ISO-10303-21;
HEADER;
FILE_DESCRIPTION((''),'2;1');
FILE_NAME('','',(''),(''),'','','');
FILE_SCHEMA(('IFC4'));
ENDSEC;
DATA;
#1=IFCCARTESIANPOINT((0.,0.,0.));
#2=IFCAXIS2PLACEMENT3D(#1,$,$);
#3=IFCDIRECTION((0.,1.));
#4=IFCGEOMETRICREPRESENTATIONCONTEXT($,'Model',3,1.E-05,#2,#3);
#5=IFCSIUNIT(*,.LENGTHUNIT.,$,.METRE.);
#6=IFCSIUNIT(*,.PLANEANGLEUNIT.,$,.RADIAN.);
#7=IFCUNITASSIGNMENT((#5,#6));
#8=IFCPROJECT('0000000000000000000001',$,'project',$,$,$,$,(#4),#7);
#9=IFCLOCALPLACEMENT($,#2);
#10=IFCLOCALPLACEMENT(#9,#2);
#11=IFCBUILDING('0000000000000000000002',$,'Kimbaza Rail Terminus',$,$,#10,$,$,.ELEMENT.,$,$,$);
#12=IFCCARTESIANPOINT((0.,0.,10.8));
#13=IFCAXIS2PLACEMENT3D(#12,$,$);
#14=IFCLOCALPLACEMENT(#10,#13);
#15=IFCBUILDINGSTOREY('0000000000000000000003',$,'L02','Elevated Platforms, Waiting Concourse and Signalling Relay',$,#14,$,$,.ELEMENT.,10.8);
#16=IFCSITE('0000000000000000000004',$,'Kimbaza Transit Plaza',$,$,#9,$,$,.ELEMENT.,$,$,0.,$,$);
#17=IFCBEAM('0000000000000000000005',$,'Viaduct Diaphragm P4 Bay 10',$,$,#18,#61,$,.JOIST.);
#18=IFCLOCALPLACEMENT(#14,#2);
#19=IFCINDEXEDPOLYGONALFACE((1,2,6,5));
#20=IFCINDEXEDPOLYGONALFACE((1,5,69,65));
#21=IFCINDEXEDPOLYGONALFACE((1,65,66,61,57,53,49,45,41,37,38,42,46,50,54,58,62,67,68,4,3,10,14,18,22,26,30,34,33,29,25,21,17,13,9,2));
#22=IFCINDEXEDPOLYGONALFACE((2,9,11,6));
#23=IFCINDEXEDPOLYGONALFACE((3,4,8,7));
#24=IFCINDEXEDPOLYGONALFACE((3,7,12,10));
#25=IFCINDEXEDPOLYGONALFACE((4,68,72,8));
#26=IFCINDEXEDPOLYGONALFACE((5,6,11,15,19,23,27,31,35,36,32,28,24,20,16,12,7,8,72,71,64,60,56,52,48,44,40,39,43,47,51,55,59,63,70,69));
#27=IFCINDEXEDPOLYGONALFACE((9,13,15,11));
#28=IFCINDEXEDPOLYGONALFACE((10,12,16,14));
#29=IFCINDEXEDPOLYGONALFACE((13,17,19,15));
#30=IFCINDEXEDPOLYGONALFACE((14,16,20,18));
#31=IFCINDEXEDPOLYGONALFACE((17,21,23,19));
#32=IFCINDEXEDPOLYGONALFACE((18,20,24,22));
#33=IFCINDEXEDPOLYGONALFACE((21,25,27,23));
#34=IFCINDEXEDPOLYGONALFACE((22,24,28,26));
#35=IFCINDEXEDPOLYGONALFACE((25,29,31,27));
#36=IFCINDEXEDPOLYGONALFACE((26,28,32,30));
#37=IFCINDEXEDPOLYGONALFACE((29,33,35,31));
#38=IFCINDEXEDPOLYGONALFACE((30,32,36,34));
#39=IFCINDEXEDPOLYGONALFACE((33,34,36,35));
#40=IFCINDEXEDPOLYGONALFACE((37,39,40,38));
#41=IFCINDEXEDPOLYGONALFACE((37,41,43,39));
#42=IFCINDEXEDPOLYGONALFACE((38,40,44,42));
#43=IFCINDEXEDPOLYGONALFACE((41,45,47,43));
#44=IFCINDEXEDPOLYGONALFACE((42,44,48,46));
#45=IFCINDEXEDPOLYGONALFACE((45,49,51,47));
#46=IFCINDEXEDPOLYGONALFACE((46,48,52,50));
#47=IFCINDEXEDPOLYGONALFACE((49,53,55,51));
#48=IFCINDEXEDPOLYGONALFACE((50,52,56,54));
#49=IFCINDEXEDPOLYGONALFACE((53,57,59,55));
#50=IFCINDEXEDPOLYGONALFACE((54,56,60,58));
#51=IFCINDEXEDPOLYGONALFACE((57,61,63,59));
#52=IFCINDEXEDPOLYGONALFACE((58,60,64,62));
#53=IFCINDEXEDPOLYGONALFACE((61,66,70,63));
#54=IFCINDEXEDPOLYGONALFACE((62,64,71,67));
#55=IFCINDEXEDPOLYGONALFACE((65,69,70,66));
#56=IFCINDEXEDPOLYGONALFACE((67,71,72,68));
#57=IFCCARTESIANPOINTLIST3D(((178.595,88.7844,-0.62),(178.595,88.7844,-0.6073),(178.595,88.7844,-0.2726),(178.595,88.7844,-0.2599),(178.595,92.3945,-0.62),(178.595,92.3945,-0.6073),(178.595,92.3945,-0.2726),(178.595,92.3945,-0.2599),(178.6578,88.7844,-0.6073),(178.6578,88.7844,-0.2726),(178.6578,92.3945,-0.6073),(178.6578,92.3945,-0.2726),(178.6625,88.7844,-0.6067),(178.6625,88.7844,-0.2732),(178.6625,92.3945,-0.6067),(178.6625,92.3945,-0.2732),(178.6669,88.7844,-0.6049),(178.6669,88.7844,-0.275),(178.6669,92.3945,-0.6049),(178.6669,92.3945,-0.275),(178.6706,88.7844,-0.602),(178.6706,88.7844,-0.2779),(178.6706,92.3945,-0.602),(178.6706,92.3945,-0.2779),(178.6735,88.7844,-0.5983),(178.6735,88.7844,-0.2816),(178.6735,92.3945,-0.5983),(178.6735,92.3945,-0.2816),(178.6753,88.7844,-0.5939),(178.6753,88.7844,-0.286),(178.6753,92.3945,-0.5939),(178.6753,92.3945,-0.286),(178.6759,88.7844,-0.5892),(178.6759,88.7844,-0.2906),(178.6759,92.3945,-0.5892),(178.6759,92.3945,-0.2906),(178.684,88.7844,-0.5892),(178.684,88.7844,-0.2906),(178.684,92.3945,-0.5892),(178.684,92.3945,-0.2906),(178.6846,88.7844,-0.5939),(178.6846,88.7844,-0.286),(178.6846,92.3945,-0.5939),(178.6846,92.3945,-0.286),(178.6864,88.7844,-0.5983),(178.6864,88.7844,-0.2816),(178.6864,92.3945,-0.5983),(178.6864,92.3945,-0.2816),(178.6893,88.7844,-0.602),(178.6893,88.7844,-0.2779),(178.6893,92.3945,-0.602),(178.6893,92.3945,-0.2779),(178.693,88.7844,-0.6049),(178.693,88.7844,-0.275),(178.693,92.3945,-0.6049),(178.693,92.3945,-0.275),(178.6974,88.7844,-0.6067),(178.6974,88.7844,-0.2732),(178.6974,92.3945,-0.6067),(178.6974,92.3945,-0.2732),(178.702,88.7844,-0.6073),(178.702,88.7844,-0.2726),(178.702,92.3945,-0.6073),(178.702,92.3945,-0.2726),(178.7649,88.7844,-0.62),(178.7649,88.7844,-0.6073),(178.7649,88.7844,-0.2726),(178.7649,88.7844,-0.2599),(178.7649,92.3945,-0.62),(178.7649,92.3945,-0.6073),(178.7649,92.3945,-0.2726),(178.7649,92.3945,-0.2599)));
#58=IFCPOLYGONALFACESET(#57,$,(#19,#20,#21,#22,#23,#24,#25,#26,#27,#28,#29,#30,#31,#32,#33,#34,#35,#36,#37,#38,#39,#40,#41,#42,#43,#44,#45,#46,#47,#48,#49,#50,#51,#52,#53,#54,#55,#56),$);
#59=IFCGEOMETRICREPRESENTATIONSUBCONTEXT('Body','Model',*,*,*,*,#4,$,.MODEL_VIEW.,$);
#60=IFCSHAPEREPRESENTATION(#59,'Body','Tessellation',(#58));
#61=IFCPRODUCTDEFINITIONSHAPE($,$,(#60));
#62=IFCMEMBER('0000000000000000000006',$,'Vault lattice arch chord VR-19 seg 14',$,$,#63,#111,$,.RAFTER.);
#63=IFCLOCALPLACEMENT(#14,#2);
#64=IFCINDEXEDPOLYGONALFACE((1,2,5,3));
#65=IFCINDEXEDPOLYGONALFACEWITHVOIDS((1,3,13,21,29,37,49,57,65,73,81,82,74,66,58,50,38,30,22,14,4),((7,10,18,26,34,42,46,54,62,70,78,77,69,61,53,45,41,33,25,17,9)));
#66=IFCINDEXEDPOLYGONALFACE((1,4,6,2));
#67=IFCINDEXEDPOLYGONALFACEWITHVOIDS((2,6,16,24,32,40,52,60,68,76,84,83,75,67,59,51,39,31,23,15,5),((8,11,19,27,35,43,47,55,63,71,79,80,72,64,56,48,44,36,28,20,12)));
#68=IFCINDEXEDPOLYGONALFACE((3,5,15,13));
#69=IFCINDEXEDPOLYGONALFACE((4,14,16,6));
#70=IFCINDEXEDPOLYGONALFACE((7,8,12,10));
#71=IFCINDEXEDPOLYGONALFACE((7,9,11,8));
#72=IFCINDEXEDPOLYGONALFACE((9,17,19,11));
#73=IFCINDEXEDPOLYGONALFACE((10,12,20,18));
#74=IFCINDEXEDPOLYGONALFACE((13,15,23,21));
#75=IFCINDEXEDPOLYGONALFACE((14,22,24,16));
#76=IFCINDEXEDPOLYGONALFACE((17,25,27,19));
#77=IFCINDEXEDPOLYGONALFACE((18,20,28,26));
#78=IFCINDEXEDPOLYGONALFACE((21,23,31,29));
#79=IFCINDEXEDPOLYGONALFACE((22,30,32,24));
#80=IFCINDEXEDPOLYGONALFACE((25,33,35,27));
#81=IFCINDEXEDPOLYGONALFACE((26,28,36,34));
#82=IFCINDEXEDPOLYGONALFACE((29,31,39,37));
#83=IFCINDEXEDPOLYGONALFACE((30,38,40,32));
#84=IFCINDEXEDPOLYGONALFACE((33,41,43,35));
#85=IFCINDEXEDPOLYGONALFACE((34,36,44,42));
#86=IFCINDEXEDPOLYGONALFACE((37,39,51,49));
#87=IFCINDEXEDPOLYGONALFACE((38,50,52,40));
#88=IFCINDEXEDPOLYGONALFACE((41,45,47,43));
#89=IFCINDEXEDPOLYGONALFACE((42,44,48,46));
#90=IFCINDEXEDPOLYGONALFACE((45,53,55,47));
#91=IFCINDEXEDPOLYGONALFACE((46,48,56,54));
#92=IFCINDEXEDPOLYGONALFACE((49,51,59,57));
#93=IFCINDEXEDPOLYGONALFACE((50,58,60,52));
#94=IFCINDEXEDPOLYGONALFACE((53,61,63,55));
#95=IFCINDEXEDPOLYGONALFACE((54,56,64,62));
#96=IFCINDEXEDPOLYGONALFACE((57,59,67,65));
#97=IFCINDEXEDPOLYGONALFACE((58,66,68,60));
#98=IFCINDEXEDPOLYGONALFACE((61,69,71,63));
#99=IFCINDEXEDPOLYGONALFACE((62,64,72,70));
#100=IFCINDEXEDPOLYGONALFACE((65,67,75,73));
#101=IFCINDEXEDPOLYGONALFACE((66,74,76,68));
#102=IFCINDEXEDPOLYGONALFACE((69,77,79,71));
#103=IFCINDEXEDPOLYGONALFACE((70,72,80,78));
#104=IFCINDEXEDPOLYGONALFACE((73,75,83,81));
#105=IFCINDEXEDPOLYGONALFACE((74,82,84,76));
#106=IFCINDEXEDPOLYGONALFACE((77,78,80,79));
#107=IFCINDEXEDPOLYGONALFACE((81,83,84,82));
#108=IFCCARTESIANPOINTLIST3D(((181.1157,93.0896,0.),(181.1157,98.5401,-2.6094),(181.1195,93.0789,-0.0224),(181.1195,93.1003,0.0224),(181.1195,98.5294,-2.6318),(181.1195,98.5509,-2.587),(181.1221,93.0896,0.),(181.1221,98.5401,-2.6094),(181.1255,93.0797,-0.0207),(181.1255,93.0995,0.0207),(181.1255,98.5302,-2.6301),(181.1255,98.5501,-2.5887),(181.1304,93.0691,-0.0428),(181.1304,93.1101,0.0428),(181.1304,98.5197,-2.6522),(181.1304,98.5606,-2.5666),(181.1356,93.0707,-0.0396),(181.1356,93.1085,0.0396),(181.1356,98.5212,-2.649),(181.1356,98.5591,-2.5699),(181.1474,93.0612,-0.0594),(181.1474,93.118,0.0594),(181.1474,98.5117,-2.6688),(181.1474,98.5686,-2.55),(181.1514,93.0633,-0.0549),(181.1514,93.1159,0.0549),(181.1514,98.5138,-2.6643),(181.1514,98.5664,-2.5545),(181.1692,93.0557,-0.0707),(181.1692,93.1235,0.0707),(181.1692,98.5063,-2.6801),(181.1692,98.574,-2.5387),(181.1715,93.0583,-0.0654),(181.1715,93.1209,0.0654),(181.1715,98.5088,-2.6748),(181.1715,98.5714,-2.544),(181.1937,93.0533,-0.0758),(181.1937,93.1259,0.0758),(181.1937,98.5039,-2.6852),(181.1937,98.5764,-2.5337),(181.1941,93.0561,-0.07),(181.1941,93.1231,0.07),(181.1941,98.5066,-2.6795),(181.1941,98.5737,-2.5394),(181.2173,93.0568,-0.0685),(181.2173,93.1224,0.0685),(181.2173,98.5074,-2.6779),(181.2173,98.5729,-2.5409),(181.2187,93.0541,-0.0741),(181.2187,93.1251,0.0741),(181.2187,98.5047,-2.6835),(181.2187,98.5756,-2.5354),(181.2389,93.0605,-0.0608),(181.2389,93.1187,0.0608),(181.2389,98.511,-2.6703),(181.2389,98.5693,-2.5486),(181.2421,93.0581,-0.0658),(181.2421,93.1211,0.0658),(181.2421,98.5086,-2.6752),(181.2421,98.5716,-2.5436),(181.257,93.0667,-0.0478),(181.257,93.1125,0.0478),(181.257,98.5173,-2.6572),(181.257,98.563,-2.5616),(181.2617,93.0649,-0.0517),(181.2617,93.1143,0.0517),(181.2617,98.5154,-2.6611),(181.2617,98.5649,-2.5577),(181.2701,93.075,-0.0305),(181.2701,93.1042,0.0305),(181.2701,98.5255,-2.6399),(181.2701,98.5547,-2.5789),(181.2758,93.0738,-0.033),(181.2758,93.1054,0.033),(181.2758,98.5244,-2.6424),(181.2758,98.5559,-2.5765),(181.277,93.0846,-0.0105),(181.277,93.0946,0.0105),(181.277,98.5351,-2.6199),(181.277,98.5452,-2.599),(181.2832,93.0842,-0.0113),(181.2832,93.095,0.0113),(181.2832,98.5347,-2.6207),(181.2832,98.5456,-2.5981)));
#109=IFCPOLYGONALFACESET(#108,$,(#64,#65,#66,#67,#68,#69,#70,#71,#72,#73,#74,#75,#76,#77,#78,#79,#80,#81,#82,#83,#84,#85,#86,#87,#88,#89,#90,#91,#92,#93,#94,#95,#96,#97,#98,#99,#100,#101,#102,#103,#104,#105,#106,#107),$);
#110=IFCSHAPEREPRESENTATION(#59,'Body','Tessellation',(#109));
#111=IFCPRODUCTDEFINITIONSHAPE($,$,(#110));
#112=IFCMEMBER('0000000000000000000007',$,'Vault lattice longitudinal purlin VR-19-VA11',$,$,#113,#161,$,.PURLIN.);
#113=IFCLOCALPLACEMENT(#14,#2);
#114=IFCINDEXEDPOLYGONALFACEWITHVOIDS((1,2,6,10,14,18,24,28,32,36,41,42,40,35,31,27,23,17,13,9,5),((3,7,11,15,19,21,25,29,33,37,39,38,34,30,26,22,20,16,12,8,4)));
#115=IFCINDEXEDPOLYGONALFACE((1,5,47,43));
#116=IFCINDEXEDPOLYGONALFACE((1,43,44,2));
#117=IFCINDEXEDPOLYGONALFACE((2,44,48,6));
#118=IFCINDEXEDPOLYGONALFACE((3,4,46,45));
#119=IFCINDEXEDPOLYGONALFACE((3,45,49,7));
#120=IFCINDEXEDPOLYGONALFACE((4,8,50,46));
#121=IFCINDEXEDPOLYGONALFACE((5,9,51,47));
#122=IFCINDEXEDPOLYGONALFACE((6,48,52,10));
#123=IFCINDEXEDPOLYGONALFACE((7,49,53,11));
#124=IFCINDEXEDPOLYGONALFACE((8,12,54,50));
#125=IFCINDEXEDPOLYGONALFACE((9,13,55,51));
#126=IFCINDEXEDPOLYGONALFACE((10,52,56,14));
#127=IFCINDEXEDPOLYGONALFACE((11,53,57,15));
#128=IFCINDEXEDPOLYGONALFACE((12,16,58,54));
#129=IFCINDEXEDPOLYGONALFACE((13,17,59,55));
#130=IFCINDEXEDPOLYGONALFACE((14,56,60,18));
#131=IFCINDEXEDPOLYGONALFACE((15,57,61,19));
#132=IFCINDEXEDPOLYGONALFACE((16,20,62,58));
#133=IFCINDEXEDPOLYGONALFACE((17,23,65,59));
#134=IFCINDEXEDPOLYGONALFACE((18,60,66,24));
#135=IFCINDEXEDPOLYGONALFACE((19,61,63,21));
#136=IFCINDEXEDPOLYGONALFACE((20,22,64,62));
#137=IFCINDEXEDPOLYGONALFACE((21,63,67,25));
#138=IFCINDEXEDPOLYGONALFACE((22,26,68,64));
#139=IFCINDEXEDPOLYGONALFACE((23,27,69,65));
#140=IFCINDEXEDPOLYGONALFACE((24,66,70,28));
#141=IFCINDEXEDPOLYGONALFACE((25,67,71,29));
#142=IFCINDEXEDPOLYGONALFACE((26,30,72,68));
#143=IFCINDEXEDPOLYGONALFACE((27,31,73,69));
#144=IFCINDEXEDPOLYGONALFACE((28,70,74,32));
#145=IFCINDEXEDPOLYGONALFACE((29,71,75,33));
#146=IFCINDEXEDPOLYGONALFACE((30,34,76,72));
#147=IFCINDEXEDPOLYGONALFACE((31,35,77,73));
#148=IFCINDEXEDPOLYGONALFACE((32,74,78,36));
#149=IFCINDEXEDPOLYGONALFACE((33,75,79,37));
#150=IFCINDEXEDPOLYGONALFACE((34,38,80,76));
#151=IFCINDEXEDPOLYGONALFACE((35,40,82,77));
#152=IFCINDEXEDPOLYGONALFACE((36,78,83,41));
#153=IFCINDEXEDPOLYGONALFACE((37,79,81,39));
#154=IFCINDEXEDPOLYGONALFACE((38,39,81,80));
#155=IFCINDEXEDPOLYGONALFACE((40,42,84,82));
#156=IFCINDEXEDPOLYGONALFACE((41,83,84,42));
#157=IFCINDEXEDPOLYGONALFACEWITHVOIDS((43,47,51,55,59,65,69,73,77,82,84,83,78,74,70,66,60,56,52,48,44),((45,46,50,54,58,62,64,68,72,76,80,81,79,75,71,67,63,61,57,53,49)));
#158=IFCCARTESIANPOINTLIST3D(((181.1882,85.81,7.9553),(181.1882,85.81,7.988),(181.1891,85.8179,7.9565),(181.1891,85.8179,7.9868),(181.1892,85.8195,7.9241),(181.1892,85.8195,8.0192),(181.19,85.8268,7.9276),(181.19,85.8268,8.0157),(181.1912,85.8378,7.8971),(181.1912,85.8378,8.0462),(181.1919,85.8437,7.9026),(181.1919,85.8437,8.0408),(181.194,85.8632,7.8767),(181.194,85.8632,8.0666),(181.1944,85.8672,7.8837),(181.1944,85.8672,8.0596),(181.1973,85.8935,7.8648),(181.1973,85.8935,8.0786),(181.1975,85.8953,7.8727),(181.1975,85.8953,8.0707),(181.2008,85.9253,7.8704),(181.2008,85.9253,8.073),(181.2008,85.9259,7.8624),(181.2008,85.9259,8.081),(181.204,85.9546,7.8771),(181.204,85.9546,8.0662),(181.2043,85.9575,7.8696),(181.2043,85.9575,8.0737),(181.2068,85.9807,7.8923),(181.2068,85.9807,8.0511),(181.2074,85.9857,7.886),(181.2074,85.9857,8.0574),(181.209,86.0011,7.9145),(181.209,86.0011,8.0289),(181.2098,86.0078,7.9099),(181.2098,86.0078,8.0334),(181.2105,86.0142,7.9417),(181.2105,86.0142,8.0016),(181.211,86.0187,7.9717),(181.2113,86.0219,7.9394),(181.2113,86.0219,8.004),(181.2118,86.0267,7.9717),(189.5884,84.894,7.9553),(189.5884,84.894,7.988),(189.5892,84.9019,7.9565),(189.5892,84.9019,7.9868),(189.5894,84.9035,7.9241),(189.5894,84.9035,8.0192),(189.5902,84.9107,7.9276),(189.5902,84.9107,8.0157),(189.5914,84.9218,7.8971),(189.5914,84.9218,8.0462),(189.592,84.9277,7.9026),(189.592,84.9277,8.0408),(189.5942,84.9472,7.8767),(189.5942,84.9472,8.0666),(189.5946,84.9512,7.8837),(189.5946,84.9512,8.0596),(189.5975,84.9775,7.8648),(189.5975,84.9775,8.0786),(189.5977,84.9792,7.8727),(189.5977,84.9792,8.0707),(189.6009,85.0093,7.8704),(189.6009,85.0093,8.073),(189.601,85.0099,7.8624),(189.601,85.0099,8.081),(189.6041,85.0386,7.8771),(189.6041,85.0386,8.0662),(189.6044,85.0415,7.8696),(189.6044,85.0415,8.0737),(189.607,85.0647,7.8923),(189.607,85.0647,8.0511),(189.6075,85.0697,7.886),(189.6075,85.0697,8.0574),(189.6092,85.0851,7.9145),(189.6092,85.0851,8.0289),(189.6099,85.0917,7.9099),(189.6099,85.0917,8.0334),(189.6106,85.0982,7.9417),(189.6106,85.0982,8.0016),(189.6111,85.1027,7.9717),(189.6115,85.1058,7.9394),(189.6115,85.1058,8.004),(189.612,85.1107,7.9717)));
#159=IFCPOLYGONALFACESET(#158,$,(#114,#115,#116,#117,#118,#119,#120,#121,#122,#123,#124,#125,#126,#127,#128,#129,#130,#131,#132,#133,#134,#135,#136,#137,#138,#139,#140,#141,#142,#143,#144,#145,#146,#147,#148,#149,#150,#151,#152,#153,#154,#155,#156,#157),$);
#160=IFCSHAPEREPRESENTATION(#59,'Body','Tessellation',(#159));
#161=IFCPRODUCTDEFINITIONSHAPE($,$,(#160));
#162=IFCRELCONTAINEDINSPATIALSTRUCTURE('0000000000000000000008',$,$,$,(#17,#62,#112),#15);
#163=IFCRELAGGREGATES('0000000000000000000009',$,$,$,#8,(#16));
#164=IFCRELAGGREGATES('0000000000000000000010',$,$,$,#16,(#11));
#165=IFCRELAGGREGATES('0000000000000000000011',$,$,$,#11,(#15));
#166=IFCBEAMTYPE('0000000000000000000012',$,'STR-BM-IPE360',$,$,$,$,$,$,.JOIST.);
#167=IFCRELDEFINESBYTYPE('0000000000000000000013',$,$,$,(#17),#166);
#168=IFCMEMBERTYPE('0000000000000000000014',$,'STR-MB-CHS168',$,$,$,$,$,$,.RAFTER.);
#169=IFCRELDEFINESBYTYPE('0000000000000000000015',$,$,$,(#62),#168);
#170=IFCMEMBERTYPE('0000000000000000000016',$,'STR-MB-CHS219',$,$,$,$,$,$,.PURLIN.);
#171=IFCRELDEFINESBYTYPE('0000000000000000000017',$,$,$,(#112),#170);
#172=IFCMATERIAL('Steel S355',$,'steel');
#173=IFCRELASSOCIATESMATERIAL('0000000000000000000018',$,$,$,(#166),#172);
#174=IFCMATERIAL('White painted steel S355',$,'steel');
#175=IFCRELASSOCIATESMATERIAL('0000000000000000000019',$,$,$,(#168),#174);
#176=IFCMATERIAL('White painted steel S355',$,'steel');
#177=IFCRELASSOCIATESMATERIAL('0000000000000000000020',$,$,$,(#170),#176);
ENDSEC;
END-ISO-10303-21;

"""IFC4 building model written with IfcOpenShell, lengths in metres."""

from ifc_helpers import new_model, si_unit, direction, frame, origin, origin_2d, place, context, subcontext, project, spatial, hollow_circle, i_section, extrude, material, material_profile, profile_set, type_object, element, save


model = new_model("IFC4")

# Units and contexts
model_context = context("Model", 3, precision=1e-05, world=origin(), true_north=direction((0.0, 1.0)))
body_context = subcontext(model_context, "Body", "Model", "MODEL_VIEW")
ifc_project = project(units=[si_unit("LENGTHUNIT", "METRE"), si_unit("PLANEANGLEUNIT", "RADIAN")], contexts=[model_context])

# Site, building, storey
site_placement = place(None, origin())
site = spatial("IfcSite", under=ifc_project, at=site_placement, Name="Kimbaza Transit Plaza", CompositionType="ELEMENT", RefElevation=0.0)
building_placement = place(site_placement, origin())
building = spatial("IfcBuilding", under=site, at=building_placement, Name="Kimbaza Rail Terminus", CompositionType="ELEMENT")
storey_placement = place(building_placement, frame((0.0, 0.0, 10.8)))
storey = spatial("IfcBuildingStorey", under=building, at=storey_placement, Name="L02", Description="Elevated Platforms, Waiting Concourse and Signalling Relay", CompositionType="ELEMENT", Elevation=10.8)

# Beam
ifc_material_1 = material(Name="Steel S355", Category="steel")
ifc_material_profile_1 = material_profile(ifc_material_1, i_section(OverallWidth=0.1699, OverallDepth=0.3601, WebThickness=0.0081, FlangeThickness=0.0127, FilletRadius=0.0181, at=origin_2d()), Name="IPE 360")
ifc_profile_set_1 = profile_set([ifc_material_profile_1], Name="Steel S355")
beam_type_1 = type_object("IfcBeamType", Name="STR-BM-IPE360", PredefinedType="JOIST", material=ifc_profile_set_1)
beam_1_placement = place(storey_placement, frame((178.6799, 88.7844, -0.4399), z_axis=(0.0, 1.0, 0.0), x_axis=(-1.0, 0.0, 0.0)))
element("IfcBeam", 1, at=beam_1_placement, inside=storey, type_object=beam_type_1, Name="Viaduct Diaphragm P4 Bay 10", PredefinedType="JOIST", context=body_context, shape_type="SweptSolid", body=[
    extrude(i_section(OverallWidth=0.1699, OverallDepth=0.3601, WebThickness=0.0081, FlangeThickness=0.0127, FilletRadius=0.0181, at=origin_2d()), origin(), (0.0, 0.0, 1.0), 3.6101),
])

# Members
ifc_material_2 = material(Name="White painted steel S355", Category="steel")
ifc_material_profile_2 = material_profile(ifc_material_2, hollow_circle(Radius=0.0842, WallThickness=0.0063, at=origin_2d()), Name="CHS 168.3x6.3")
ifc_profile_set_2 = profile_set([ifc_material_profile_2], Name="White painted steel S355")
member_type_1 = type_object("IfcMemberType", Name="STR-MB-CHS168", PredefinedType="RAFTER", material=ifc_profile_set_2)
member_1_placement = place(storey_placement, frame((181.2, 93.0896, 0.0), z_axis=(0.0, 0.901964, -0.431811), x_axis=(-1.0, 0.0, 0.0)))
element("IfcMember", 2, at=member_1_placement, inside=storey, type_object=member_type_1, Name="Vault lattice arch chord VR-19 seg 14", PredefinedType="RAFTER", context=body_context, shape_type="SweptSolid", body=[
    extrude(hollow_circle(Radius=0.0842, WallThickness=0.0063, at=origin_2d()), origin(), (0.0, 0.0, 1.0), 6.043),
])
ifc_material_3 = material(Name="White painted steel S355", Category="steel")
ifc_material_profile_3 = material_profile(ifc_material_3, hollow_circle(Radius=0.1096, WallThickness=0.0081, at=origin_2d()), Name="CHS 219.1x8")
ifc_profile_set_3 = profile_set([ifc_material_profile_3], Name="White painted steel S355")
member_type_2 = type_object("IfcMemberType", Name="STR-MB-CHS219", PredefinedType="PURLIN", material=ifc_profile_set_3)
for number, where, z_axis, x_axis, name in (
    (3, (181.2, 85.9177, 7.9717), (0.994107, -0.108405, 0.0), (0.108405, 0.994107, 0.0), "Vault lattice longitudinal purlin VR-19-VA11"),
):
    element("IfcMember", number, at=place(storey_placement, frame(where, z_axis=z_axis, x_axis=x_axis)), inside=storey, type_object=member_type_2, Name=name, PredefinedType="PURLIN", context=body_context, shape_type="SweptSolid", body=[
        extrude(hollow_circle(Radius=0.1096, WallThickness=0.0081, at=origin_2d()), origin(), (0.0, 0.0, 1.0), 8.45),
    ])

save(model, "model.ifc")
